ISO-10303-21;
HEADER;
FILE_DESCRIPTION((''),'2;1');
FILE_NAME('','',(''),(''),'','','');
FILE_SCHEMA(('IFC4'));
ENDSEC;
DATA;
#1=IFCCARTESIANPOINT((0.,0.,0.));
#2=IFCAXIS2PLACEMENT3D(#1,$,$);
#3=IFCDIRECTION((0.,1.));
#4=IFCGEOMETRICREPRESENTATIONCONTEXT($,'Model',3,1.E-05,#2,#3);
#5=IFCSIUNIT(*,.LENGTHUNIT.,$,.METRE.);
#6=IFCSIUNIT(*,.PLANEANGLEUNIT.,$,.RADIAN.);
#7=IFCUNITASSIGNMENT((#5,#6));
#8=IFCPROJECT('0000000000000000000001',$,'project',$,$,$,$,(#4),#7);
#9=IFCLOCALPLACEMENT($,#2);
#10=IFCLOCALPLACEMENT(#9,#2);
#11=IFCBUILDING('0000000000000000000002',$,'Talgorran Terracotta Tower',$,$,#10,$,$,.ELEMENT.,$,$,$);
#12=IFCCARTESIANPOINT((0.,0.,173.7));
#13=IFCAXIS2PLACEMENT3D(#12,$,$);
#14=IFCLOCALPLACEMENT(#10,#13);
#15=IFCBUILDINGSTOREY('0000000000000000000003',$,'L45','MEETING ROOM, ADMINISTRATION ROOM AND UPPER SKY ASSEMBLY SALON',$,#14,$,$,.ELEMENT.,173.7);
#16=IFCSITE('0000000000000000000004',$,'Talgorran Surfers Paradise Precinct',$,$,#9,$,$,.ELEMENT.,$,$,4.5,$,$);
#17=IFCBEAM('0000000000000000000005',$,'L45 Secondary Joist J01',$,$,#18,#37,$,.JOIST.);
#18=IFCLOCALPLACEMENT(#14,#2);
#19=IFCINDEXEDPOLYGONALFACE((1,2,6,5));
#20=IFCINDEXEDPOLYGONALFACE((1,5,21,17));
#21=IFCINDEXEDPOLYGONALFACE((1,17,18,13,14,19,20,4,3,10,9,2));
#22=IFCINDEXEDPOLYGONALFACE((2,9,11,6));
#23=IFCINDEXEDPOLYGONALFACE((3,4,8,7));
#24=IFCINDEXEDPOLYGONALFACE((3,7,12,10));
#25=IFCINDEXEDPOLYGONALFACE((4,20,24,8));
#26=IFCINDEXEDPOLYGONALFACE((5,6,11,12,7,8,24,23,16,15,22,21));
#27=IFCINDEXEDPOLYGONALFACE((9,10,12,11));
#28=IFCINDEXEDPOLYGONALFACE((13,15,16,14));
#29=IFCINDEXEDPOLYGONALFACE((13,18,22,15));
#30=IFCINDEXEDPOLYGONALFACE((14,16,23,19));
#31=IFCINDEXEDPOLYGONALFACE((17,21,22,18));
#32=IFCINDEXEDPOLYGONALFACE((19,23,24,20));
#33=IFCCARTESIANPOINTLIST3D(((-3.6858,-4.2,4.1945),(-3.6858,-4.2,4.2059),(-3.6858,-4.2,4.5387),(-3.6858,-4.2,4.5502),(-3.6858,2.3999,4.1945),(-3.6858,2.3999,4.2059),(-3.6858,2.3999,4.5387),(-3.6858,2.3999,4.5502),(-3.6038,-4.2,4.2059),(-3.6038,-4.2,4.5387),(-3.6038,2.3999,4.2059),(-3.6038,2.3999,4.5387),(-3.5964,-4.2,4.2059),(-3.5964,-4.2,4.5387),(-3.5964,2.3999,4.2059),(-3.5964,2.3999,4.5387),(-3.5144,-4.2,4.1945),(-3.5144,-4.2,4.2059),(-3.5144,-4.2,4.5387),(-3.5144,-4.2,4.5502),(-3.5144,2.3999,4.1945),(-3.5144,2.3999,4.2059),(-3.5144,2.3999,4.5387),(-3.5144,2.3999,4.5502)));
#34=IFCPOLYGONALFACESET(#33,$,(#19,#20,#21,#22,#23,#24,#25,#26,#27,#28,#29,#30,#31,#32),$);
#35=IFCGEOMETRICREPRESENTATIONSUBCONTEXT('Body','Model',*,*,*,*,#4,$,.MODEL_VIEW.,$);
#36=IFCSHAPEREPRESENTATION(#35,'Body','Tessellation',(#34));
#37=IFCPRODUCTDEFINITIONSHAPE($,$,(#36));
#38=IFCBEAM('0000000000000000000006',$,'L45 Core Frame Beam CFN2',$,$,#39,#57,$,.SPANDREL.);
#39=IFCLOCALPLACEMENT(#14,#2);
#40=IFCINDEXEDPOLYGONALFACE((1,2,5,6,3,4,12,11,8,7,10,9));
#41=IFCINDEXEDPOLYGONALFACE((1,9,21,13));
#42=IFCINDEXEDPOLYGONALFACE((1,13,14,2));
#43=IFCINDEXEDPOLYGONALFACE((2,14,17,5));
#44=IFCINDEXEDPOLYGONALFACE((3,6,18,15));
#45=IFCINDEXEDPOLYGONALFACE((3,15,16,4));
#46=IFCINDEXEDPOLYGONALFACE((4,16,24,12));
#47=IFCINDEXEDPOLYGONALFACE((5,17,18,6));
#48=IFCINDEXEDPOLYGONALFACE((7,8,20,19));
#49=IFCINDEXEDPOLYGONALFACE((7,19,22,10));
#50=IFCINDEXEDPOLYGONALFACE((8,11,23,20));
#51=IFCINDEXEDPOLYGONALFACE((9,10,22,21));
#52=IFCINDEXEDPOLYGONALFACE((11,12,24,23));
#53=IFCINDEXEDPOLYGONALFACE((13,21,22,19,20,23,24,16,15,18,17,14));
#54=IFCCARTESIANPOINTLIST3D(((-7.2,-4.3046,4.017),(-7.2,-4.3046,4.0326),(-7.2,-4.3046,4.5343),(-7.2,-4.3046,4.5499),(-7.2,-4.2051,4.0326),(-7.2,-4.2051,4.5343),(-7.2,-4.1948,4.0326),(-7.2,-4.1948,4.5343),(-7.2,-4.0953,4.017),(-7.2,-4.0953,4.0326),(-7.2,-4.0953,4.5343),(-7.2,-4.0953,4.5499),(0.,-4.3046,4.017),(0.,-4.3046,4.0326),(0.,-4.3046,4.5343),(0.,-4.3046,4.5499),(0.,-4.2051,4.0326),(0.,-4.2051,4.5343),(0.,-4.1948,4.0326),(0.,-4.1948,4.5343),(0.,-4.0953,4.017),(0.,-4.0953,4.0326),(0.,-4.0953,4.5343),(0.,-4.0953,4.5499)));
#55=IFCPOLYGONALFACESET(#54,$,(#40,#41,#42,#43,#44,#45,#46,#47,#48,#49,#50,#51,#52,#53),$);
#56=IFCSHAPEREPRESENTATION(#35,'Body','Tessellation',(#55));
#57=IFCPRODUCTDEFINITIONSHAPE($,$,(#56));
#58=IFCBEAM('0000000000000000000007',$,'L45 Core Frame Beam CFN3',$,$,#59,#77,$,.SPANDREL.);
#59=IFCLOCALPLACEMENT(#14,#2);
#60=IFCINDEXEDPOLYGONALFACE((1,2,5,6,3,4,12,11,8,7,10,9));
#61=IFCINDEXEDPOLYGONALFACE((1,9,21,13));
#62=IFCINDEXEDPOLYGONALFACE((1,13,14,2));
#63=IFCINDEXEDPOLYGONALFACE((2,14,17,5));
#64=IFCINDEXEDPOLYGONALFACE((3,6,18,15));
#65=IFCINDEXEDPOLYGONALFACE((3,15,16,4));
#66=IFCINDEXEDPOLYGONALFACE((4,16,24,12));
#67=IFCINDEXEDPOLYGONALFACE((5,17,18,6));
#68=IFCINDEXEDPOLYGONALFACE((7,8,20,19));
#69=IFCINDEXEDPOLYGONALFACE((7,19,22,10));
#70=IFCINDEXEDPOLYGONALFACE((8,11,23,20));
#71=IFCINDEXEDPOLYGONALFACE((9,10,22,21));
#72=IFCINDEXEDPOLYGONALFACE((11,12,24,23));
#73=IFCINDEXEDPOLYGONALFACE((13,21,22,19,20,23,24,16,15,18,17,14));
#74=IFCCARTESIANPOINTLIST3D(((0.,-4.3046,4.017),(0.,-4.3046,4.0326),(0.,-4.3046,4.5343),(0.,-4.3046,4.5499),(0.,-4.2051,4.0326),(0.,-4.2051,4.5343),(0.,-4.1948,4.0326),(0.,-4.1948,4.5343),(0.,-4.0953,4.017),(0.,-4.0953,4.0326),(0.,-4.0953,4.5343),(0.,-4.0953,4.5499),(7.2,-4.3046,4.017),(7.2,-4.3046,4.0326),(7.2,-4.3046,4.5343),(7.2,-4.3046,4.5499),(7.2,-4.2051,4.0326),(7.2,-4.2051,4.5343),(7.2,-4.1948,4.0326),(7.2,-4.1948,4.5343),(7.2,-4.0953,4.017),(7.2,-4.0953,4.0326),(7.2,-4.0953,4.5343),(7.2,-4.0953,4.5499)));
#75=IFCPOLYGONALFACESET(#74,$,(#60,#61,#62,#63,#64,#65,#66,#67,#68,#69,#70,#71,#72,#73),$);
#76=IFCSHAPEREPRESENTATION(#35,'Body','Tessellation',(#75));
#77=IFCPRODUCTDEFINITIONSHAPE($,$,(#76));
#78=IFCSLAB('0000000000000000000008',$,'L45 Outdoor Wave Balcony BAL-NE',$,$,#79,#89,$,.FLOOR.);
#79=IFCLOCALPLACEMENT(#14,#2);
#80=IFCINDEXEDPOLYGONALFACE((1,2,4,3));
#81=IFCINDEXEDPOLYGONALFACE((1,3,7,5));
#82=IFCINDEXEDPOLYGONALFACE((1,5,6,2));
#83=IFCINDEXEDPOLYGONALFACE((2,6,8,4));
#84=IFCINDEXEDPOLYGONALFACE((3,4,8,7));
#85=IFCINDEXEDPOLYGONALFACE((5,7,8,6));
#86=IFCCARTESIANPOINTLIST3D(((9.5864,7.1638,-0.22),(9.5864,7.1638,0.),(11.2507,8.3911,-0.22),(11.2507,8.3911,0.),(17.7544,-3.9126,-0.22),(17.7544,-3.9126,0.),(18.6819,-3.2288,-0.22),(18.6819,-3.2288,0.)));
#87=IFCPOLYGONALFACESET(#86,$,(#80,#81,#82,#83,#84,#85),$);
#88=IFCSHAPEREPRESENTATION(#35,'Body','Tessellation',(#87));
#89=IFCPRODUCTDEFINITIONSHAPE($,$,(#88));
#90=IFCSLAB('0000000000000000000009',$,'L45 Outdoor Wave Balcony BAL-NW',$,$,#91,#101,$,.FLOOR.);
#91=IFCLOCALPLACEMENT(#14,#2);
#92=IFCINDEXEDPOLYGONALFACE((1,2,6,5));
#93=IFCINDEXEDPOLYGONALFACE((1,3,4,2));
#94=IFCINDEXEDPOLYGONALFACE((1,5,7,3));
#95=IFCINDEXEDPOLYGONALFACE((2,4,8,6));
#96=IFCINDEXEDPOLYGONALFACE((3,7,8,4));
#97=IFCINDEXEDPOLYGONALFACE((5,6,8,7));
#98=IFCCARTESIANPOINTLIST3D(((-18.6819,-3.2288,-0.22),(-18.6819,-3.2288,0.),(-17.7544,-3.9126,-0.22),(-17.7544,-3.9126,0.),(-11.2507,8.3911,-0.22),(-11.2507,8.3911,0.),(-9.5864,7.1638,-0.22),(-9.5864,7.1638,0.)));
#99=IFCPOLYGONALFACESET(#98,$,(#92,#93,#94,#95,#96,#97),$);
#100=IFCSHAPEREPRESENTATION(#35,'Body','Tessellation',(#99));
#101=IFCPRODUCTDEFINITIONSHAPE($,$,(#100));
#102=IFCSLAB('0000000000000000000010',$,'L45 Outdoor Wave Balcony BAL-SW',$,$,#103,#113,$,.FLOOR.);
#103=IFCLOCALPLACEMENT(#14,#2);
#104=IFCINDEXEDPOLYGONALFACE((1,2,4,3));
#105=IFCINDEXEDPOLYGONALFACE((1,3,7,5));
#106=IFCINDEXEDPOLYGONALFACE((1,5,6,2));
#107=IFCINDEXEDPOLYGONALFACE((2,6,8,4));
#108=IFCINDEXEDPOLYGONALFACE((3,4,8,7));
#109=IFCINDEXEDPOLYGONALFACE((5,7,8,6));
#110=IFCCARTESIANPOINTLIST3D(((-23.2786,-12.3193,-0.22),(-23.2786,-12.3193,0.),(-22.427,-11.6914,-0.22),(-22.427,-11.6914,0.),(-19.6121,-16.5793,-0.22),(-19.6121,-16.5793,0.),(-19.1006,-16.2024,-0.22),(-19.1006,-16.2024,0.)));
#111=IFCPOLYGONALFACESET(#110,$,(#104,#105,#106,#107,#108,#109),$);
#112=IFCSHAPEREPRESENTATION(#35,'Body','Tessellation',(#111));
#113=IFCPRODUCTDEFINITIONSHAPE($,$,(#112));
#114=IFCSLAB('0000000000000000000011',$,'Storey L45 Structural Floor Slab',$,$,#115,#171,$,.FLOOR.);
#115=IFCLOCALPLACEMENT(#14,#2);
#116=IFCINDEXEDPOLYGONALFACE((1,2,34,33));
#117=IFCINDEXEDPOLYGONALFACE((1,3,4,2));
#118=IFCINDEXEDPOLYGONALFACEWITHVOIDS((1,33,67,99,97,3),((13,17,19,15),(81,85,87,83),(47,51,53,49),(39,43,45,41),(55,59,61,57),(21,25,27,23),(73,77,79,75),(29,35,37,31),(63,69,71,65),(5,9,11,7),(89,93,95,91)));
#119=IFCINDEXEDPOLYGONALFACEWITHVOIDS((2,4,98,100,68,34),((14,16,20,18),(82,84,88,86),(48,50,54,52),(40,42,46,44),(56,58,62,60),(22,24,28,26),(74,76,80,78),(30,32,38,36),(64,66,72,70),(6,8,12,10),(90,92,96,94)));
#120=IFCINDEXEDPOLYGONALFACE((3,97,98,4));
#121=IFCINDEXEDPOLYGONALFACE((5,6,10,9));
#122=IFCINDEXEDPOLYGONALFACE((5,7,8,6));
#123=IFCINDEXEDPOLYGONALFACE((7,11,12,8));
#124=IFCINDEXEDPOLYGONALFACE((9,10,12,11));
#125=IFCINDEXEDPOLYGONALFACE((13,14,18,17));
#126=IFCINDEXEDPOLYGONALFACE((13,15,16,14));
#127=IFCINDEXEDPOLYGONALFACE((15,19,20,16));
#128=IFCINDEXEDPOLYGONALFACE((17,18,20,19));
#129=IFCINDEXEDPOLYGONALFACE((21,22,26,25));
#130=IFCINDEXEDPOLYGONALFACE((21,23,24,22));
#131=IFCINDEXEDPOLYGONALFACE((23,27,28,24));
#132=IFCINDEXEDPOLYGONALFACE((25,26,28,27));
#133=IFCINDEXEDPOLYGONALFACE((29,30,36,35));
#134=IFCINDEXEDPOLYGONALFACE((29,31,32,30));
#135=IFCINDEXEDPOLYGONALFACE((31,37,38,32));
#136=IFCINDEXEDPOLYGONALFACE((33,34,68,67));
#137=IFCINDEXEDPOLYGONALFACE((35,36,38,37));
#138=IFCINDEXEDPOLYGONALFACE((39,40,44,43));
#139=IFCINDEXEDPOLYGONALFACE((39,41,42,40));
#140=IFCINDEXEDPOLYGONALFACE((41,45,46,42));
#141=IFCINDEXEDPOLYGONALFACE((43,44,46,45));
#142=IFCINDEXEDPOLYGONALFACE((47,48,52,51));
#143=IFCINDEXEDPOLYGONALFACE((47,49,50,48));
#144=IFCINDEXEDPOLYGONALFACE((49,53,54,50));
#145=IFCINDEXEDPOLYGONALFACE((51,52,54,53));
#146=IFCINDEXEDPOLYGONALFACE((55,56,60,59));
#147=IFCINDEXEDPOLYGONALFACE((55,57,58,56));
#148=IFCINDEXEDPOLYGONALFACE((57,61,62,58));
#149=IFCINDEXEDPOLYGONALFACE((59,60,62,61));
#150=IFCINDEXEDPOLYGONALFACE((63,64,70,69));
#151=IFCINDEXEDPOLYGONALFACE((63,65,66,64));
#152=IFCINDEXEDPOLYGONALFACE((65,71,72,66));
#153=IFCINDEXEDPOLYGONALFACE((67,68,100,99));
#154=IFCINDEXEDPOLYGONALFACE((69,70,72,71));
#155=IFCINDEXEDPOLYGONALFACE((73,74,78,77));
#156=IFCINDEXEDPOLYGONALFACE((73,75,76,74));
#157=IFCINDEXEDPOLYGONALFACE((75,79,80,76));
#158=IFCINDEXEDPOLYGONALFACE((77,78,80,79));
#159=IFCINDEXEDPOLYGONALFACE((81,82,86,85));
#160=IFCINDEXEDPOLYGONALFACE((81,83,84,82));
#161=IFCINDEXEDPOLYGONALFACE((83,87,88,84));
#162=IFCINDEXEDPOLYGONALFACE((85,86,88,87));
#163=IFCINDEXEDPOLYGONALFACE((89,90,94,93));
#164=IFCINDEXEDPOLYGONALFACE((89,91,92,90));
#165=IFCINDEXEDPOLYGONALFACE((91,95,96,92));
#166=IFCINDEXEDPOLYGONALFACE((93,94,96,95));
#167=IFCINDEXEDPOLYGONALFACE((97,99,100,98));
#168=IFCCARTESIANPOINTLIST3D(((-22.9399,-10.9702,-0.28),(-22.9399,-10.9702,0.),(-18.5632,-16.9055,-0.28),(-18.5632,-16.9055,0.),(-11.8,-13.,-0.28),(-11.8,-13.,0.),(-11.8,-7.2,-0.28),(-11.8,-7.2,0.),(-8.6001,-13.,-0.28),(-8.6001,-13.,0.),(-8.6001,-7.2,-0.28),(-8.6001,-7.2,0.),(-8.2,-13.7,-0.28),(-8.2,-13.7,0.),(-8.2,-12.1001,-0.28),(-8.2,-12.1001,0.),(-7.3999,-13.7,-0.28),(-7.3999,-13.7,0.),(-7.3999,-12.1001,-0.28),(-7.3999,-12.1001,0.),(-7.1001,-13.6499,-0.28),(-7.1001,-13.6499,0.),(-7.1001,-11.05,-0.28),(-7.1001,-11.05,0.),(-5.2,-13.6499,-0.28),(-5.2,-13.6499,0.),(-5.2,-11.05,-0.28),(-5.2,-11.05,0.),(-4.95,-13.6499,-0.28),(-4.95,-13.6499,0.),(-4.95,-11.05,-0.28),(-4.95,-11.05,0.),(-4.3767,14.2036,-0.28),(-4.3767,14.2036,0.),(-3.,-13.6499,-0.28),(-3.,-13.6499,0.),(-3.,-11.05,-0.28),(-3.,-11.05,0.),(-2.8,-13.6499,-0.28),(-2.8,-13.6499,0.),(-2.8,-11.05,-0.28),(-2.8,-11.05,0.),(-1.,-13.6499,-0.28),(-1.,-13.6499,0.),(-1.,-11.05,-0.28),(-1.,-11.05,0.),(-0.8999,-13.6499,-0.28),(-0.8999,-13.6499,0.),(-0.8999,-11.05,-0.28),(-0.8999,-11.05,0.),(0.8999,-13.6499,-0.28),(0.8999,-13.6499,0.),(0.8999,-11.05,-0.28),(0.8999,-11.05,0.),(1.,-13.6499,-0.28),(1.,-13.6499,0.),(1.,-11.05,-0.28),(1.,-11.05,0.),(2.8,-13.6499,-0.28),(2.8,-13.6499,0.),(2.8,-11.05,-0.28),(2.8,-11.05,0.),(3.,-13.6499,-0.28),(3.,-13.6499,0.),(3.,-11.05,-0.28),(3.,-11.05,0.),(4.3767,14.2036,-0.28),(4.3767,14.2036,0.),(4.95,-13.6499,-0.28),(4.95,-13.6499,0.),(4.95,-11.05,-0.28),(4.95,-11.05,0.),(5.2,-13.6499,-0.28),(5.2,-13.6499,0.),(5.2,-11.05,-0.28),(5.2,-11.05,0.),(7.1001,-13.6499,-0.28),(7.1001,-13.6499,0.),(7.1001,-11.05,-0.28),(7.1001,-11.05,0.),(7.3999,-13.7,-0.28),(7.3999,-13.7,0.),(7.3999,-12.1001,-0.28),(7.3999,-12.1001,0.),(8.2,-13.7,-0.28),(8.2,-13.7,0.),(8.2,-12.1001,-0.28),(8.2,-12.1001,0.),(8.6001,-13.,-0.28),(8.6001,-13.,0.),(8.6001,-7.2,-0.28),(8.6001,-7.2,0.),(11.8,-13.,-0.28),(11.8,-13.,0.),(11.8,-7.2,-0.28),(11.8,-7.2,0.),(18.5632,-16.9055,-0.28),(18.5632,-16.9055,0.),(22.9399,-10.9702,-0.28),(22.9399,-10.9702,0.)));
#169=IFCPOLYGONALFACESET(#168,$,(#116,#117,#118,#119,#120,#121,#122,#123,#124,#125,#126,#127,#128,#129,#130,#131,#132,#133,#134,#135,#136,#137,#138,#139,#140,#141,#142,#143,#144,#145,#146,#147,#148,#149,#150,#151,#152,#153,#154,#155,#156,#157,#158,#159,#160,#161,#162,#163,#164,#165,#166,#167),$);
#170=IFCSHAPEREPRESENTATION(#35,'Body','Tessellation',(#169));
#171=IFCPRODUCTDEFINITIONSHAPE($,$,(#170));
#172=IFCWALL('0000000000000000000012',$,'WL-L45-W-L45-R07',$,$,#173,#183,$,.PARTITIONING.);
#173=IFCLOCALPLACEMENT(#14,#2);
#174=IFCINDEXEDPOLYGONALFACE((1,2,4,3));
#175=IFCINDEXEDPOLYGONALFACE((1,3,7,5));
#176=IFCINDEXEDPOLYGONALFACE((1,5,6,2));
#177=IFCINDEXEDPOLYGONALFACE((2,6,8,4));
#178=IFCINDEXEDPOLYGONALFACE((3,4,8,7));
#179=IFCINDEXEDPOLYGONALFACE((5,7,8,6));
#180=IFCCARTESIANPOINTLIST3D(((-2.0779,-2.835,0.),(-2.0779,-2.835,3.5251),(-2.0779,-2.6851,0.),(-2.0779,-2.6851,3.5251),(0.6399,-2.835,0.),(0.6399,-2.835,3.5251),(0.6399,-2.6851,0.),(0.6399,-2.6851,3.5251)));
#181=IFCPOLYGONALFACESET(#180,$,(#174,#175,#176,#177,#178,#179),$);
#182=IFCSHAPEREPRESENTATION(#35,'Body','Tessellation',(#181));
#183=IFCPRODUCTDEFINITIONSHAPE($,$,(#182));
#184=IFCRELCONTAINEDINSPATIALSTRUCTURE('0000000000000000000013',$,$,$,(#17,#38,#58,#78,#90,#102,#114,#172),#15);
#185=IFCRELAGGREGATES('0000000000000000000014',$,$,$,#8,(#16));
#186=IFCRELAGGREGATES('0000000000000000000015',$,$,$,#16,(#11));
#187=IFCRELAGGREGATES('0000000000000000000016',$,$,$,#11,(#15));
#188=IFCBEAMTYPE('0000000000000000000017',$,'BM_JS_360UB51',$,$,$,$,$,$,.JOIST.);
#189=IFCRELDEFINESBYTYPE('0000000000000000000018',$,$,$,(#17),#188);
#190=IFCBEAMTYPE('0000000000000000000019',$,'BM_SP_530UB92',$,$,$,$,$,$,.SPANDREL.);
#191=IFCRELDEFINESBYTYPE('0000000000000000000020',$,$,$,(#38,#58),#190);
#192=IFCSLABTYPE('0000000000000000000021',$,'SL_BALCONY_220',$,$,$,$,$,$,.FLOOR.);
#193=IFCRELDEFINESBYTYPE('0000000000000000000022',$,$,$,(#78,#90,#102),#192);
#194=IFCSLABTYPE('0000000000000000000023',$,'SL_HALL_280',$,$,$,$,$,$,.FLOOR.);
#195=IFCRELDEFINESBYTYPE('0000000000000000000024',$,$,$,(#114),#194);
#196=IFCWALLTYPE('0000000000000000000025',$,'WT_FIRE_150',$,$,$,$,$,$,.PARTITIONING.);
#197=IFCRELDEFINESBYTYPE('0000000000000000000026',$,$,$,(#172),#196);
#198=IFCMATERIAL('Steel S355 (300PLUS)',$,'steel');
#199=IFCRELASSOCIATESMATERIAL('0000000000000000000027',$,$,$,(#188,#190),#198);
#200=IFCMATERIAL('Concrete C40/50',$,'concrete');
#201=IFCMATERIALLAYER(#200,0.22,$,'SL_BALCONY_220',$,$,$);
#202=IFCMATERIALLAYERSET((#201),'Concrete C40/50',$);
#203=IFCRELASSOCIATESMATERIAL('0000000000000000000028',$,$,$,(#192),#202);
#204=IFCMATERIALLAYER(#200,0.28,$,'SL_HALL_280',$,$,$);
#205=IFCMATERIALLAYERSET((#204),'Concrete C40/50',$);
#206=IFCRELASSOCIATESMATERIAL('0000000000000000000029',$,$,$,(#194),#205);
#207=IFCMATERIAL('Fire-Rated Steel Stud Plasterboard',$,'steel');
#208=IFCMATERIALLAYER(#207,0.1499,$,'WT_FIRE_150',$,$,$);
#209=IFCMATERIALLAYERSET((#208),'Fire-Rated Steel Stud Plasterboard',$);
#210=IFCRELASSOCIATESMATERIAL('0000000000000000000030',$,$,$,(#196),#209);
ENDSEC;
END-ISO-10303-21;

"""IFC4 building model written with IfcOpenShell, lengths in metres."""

from ifc_helpers import new_model, si_unit, direction, frame, frame_2d, origin, origin_2d, place, context, subcontext, project, spatial, polyline, rectangle, i_section, outline, extrude, material, layer, layer_set, material_profile, profile_set, type_object, element, save


model = new_model("IFC4")

# Units and contexts
model_context = context("Model", 3, precision=1e-05, world=origin(), true_north=direction((0.0, 1.0)))
body_context = subcontext(model_context, "Body", "Model", "MODEL_VIEW")
ifc_project = project(units=[si_unit("LENGTHUNIT", "METRE"), si_unit("PLANEANGLEUNIT", "RADIAN")], contexts=[model_context])

# Site, building, storey
site_placement = place(None, origin())
site = spatial("IfcSite", under=ifc_project, at=site_placement, Name="Talgorran Surfers Paradise Precinct", CompositionType="ELEMENT", RefElevation=4.5)
building_placement = place(site_placement, origin())
building = spatial("IfcBuilding", under=site, at=building_placement, Name="Talgorran Terracotta Tower", CompositionType="ELEMENT")
storey_placement = place(building_placement, frame((0.0, 0.0, 173.7)))
storey = spatial("IfcBuildingStorey", under=building, at=storey_placement, Name="L45", Description="MEETING ROOM, ADMINISTRATION ROOM AND UPPER SKY ASSEMBLY SALON", CompositionType="ELEMENT", Elevation=173.7)

# Shared definitions
ifc_material_1 = material(Name="Steel S355 (300PLUS)", Category="steel")

# Beams
ifc_material_profile_1 = material_profile(ifc_material_1, i_section(OverallWidth=0.1714, OverallDepth=0.3557, WebThickness=0.0073, FlangeThickness=0.0115, at=origin_2d()), Name="360UB50.7")
ifc_profile_set_1 = profile_set([ifc_material_profile_1], Name="Steel S355 (300PLUS)")
beam_type_1 = type_object("IfcBeamType", Name="BM_JS_360UB51", PredefinedType="JOIST", material=ifc_profile_set_1)
beam_1_placement = place(storey_placement, frame((-3.6001, -4.2, 4.3723), z_axis=(0.0, 1.0, 0.0), x_axis=(-1.0, 0.0, 0.0)))
element("IfcBeam", 1, at=beam_1_placement, inside=storey, type_object=beam_type_1, Name="L45 Secondary Joist J01", PredefinedType="JOIST", context=body_context, shape_type="SweptSolid", body=[
    extrude(i_section(OverallWidth=0.1714, OverallDepth=0.3557, WebThickness=0.0073, FlangeThickness=0.0115, at=origin_2d()), origin(), (0.0, 0.0, 1.0), 6.5999),
])
ifc_material_profile_2 = material_profile(ifc_material_1, i_section(OverallWidth=0.2092, OverallDepth=0.533, WebThickness=0.0103, FlangeThickness=0.0156, at=origin_2d()), Name="530UB92.4")
ifc_profile_set_2 = profile_set([ifc_material_profile_2], Name="Steel S355 (300PLUS)")
beam_type_2 = type_object("IfcBeamType", Name="BM_SP_530UB92", PredefinedType="SPANDREL", material=ifc_profile_set_2)
for number, where, z_axis, x_axis, name in (
    (2, (-7.2, -4.2, 4.2834), (1.0, 0.0, 0.0), (0.0, 1.0, 0.0), "L45 Core Frame Beam CFN2"),
    (3, (0.0, -4.2, 4.2834), (1.0, 0.0, 0.0), (0.0, 1.0, 0.0), "L45 Core Frame Beam CFN3"),
):
    element("IfcBeam", number, at=place(storey_placement, frame(where, z_axis=z_axis, x_axis=x_axis)), inside=storey, type_object=beam_type_2, Name=name, PredefinedType="SPANDREL", context=body_context, shape_type="SweptSolid", body=[
        extrude(i_section(OverallWidth=0.2092, OverallDepth=0.533, WebThickness=0.0103, FlangeThickness=0.0156, at=origin_2d()), origin(), (0.0, 0.0, 1.0), 7.2),
    ])

# Slabs
ifc_material_2 = material(Name="Concrete C40/50", Category="concrete")
ifc_layer_1 = layer(ifc_material_2, 0.22, Name="SL_BALCONY_220")
ifc_layer_set_1 = layer_set([ifc_layer_1], Name="Concrete C40/50")
slab_type_1 = type_object("IfcSlabType", Name="SL_BALCONY_220", PredefinedType="FLOOR", material=ifc_layer_set_1)
slab_1_placement = place(storey_placement, frame((0.0, 0.0, -0.22)))
element("IfcSlab", 4, at=slab_1_placement, inside=storey, type_object=slab_type_1, Name="L45 Outdoor Wave Balcony BAL-NE", PredefinedType="FLOOR", context=body_context, shape_type="SweptSolid", body=[
    extrude(outline(polyline([(9.5864, 7.1638), (17.7544, -3.9126), (18.6819, -3.2288), (11.2507, 8.3911), (9.5864, 7.1638)])), origin(), (0.0, 0.0, 1.0), 0.22),
])
slab_2_placement = place(storey_placement, frame((0.0, 0.0, -0.22)))
element("IfcSlab", 5, at=slab_2_placement, inside=storey, type_object=slab_type_1, Name="L45 Outdoor Wave Balcony BAL-NW", PredefinedType="FLOOR", context=body_context, shape_type="SweptSolid", body=[
    extrude(outline(polyline([(-17.7544, -3.9126), (-9.5864, 7.1638), (-11.2507, 8.3911), (-18.6819, -3.2288), (-17.7544, -3.9126)])), origin(), (0.0, 0.0, 1.0), 0.22),
])
slab_3_placement = place(storey_placement, frame((0.0, 0.0, -0.22)))
element("IfcSlab", 6, at=slab_3_placement, inside=storey, type_object=slab_type_1, Name="L45 Outdoor Wave Balcony BAL-SW", PredefinedType="FLOOR", context=body_context, shape_type="SweptSolid", body=[
    extrude(outline(polyline([(-19.1006, -16.2024), (-22.427, -11.6914), (-23.2786, -12.3193), (-19.6121, -16.5793), (-19.1006, -16.2024)])), origin(), (0.0, 0.0, 1.0), 0.22),
])
ifc_layer_2 = layer(ifc_material_2, 0.28, Name="SL_HALL_280")
ifc_layer_set_2 = layer_set([ifc_layer_2], Name="Concrete C40/50")
slab_type_2 = type_object("IfcSlabType", Name="SL_HALL_280", PredefinedType="FLOOR", material=ifc_layer_set_2)
slab_4_placement = place(storey_placement, frame((0.0, 0.0, -0.28)))
element("IfcSlab", 7, at=slab_4_placement, inside=storey, type_object=slab_type_2, Name="Storey L45 Structural Floor Slab", PredefinedType="FLOOR", context=body_context, shape_type="SweptSolid", body=[
    extrude(outline(polyline([(-22.9399, -10.9702), (-18.5632, -16.9055), (18.5632, -16.9055), (22.9399, -10.9702), (4.3767, 14.2036), (-4.3767, 14.2036), (-22.9399, -10.9702)]), holes=[polyline([(-11.8, -7.2), (-11.8, -13.0), (-8.6001, -13.0), (-8.6001, -7.2), (-11.8, -7.2)]), polyline([(8.6001, -7.2), (8.6001, -13.0), (11.8, -13.0), (11.8, -7.2), (8.6001, -7.2)]), polyline([(-7.1001, -13.6499), (-5.2, -13.6499), (-5.2, -11.05), (-7.1001, -11.05), (-7.1001, -13.6499)]), polyline([(5.2, -13.6499), (7.1001, -13.6499), (7.1001, -11.05), (5.2, -11.05), (5.2, -13.6499)]), polyline([(3.0, -13.6499), (4.95, -13.6499), (4.95, -11.05), (3.0, -11.05), (3.0, -13.6499)]), polyline([(-4.95, -13.6499), (-3.0, -13.6499), (-3.0, -11.05), (-4.95, -11.05), (-4.95, -13.6499)]), polyline([(-2.8, -13.6499), (-1.0, -13.6499), (-1.0, -11.05), (-2.8, -11.05), (-2.8, -13.6499)]), polyline([(-0.8999, -13.6499), (0.8999, -13.6499), (0.8999, -11.05), (-0.8999, -11.05), (-0.8999, -13.6499)]), polyline([(1.0, -13.6499), (2.8, -13.6499), (2.8, -11.05), (1.0, -11.05), (1.0, -13.6499)]), polyline([(-8.2, -13.7), (-7.3999, -13.7), (-7.3999, -12.1001), (-8.2, -12.1001), (-8.2, -13.7)]), polyline([(7.3999, -13.7), (8.2, -13.7), (8.2, -12.1001), (7.3999, -12.1001), (7.3999, -13.7)])]), origin(), (0.0, 0.0, 1.0), 0.28),
])

# Wall
ifc_material_3 = material(Name="Fire-Rated Steel Stud Plasterboard", Category="steel")
ifc_layer_3 = layer(ifc_material_3, 0.1499, Name="WT_FIRE_150")
ifc_layer_set_3 = layer_set([ifc_layer_3], Name="Fire-Rated Steel Stud Plasterboard")
wall_type_1 = type_object("IfcWallType", Name="WT_FIRE_150", PredefinedType="PARTITIONING", material=ifc_layer_set_3)
wall_1_placement = place(storey_placement, frame((-2.0779, -2.76, 0.0), z_axis=(0.0, 0.0, 1.0), x_axis=(1.0, 0.0, 0.0)))
element("IfcWall", 8, at=wall_1_placement, inside=storey, type_object=wall_type_1, Name="WL-L45-W-L45-R07", PredefinedType="PARTITIONING", context=body_context, shape_type="SweptSolid", body=[
    extrude(rectangle(XDim=2.7178, YDim=0.1499, at=frame_2d((1.3589, 0.0))), origin(), (0.0, 0.0, 1.0), 3.5251),
])

save(model, "model.ifc")
